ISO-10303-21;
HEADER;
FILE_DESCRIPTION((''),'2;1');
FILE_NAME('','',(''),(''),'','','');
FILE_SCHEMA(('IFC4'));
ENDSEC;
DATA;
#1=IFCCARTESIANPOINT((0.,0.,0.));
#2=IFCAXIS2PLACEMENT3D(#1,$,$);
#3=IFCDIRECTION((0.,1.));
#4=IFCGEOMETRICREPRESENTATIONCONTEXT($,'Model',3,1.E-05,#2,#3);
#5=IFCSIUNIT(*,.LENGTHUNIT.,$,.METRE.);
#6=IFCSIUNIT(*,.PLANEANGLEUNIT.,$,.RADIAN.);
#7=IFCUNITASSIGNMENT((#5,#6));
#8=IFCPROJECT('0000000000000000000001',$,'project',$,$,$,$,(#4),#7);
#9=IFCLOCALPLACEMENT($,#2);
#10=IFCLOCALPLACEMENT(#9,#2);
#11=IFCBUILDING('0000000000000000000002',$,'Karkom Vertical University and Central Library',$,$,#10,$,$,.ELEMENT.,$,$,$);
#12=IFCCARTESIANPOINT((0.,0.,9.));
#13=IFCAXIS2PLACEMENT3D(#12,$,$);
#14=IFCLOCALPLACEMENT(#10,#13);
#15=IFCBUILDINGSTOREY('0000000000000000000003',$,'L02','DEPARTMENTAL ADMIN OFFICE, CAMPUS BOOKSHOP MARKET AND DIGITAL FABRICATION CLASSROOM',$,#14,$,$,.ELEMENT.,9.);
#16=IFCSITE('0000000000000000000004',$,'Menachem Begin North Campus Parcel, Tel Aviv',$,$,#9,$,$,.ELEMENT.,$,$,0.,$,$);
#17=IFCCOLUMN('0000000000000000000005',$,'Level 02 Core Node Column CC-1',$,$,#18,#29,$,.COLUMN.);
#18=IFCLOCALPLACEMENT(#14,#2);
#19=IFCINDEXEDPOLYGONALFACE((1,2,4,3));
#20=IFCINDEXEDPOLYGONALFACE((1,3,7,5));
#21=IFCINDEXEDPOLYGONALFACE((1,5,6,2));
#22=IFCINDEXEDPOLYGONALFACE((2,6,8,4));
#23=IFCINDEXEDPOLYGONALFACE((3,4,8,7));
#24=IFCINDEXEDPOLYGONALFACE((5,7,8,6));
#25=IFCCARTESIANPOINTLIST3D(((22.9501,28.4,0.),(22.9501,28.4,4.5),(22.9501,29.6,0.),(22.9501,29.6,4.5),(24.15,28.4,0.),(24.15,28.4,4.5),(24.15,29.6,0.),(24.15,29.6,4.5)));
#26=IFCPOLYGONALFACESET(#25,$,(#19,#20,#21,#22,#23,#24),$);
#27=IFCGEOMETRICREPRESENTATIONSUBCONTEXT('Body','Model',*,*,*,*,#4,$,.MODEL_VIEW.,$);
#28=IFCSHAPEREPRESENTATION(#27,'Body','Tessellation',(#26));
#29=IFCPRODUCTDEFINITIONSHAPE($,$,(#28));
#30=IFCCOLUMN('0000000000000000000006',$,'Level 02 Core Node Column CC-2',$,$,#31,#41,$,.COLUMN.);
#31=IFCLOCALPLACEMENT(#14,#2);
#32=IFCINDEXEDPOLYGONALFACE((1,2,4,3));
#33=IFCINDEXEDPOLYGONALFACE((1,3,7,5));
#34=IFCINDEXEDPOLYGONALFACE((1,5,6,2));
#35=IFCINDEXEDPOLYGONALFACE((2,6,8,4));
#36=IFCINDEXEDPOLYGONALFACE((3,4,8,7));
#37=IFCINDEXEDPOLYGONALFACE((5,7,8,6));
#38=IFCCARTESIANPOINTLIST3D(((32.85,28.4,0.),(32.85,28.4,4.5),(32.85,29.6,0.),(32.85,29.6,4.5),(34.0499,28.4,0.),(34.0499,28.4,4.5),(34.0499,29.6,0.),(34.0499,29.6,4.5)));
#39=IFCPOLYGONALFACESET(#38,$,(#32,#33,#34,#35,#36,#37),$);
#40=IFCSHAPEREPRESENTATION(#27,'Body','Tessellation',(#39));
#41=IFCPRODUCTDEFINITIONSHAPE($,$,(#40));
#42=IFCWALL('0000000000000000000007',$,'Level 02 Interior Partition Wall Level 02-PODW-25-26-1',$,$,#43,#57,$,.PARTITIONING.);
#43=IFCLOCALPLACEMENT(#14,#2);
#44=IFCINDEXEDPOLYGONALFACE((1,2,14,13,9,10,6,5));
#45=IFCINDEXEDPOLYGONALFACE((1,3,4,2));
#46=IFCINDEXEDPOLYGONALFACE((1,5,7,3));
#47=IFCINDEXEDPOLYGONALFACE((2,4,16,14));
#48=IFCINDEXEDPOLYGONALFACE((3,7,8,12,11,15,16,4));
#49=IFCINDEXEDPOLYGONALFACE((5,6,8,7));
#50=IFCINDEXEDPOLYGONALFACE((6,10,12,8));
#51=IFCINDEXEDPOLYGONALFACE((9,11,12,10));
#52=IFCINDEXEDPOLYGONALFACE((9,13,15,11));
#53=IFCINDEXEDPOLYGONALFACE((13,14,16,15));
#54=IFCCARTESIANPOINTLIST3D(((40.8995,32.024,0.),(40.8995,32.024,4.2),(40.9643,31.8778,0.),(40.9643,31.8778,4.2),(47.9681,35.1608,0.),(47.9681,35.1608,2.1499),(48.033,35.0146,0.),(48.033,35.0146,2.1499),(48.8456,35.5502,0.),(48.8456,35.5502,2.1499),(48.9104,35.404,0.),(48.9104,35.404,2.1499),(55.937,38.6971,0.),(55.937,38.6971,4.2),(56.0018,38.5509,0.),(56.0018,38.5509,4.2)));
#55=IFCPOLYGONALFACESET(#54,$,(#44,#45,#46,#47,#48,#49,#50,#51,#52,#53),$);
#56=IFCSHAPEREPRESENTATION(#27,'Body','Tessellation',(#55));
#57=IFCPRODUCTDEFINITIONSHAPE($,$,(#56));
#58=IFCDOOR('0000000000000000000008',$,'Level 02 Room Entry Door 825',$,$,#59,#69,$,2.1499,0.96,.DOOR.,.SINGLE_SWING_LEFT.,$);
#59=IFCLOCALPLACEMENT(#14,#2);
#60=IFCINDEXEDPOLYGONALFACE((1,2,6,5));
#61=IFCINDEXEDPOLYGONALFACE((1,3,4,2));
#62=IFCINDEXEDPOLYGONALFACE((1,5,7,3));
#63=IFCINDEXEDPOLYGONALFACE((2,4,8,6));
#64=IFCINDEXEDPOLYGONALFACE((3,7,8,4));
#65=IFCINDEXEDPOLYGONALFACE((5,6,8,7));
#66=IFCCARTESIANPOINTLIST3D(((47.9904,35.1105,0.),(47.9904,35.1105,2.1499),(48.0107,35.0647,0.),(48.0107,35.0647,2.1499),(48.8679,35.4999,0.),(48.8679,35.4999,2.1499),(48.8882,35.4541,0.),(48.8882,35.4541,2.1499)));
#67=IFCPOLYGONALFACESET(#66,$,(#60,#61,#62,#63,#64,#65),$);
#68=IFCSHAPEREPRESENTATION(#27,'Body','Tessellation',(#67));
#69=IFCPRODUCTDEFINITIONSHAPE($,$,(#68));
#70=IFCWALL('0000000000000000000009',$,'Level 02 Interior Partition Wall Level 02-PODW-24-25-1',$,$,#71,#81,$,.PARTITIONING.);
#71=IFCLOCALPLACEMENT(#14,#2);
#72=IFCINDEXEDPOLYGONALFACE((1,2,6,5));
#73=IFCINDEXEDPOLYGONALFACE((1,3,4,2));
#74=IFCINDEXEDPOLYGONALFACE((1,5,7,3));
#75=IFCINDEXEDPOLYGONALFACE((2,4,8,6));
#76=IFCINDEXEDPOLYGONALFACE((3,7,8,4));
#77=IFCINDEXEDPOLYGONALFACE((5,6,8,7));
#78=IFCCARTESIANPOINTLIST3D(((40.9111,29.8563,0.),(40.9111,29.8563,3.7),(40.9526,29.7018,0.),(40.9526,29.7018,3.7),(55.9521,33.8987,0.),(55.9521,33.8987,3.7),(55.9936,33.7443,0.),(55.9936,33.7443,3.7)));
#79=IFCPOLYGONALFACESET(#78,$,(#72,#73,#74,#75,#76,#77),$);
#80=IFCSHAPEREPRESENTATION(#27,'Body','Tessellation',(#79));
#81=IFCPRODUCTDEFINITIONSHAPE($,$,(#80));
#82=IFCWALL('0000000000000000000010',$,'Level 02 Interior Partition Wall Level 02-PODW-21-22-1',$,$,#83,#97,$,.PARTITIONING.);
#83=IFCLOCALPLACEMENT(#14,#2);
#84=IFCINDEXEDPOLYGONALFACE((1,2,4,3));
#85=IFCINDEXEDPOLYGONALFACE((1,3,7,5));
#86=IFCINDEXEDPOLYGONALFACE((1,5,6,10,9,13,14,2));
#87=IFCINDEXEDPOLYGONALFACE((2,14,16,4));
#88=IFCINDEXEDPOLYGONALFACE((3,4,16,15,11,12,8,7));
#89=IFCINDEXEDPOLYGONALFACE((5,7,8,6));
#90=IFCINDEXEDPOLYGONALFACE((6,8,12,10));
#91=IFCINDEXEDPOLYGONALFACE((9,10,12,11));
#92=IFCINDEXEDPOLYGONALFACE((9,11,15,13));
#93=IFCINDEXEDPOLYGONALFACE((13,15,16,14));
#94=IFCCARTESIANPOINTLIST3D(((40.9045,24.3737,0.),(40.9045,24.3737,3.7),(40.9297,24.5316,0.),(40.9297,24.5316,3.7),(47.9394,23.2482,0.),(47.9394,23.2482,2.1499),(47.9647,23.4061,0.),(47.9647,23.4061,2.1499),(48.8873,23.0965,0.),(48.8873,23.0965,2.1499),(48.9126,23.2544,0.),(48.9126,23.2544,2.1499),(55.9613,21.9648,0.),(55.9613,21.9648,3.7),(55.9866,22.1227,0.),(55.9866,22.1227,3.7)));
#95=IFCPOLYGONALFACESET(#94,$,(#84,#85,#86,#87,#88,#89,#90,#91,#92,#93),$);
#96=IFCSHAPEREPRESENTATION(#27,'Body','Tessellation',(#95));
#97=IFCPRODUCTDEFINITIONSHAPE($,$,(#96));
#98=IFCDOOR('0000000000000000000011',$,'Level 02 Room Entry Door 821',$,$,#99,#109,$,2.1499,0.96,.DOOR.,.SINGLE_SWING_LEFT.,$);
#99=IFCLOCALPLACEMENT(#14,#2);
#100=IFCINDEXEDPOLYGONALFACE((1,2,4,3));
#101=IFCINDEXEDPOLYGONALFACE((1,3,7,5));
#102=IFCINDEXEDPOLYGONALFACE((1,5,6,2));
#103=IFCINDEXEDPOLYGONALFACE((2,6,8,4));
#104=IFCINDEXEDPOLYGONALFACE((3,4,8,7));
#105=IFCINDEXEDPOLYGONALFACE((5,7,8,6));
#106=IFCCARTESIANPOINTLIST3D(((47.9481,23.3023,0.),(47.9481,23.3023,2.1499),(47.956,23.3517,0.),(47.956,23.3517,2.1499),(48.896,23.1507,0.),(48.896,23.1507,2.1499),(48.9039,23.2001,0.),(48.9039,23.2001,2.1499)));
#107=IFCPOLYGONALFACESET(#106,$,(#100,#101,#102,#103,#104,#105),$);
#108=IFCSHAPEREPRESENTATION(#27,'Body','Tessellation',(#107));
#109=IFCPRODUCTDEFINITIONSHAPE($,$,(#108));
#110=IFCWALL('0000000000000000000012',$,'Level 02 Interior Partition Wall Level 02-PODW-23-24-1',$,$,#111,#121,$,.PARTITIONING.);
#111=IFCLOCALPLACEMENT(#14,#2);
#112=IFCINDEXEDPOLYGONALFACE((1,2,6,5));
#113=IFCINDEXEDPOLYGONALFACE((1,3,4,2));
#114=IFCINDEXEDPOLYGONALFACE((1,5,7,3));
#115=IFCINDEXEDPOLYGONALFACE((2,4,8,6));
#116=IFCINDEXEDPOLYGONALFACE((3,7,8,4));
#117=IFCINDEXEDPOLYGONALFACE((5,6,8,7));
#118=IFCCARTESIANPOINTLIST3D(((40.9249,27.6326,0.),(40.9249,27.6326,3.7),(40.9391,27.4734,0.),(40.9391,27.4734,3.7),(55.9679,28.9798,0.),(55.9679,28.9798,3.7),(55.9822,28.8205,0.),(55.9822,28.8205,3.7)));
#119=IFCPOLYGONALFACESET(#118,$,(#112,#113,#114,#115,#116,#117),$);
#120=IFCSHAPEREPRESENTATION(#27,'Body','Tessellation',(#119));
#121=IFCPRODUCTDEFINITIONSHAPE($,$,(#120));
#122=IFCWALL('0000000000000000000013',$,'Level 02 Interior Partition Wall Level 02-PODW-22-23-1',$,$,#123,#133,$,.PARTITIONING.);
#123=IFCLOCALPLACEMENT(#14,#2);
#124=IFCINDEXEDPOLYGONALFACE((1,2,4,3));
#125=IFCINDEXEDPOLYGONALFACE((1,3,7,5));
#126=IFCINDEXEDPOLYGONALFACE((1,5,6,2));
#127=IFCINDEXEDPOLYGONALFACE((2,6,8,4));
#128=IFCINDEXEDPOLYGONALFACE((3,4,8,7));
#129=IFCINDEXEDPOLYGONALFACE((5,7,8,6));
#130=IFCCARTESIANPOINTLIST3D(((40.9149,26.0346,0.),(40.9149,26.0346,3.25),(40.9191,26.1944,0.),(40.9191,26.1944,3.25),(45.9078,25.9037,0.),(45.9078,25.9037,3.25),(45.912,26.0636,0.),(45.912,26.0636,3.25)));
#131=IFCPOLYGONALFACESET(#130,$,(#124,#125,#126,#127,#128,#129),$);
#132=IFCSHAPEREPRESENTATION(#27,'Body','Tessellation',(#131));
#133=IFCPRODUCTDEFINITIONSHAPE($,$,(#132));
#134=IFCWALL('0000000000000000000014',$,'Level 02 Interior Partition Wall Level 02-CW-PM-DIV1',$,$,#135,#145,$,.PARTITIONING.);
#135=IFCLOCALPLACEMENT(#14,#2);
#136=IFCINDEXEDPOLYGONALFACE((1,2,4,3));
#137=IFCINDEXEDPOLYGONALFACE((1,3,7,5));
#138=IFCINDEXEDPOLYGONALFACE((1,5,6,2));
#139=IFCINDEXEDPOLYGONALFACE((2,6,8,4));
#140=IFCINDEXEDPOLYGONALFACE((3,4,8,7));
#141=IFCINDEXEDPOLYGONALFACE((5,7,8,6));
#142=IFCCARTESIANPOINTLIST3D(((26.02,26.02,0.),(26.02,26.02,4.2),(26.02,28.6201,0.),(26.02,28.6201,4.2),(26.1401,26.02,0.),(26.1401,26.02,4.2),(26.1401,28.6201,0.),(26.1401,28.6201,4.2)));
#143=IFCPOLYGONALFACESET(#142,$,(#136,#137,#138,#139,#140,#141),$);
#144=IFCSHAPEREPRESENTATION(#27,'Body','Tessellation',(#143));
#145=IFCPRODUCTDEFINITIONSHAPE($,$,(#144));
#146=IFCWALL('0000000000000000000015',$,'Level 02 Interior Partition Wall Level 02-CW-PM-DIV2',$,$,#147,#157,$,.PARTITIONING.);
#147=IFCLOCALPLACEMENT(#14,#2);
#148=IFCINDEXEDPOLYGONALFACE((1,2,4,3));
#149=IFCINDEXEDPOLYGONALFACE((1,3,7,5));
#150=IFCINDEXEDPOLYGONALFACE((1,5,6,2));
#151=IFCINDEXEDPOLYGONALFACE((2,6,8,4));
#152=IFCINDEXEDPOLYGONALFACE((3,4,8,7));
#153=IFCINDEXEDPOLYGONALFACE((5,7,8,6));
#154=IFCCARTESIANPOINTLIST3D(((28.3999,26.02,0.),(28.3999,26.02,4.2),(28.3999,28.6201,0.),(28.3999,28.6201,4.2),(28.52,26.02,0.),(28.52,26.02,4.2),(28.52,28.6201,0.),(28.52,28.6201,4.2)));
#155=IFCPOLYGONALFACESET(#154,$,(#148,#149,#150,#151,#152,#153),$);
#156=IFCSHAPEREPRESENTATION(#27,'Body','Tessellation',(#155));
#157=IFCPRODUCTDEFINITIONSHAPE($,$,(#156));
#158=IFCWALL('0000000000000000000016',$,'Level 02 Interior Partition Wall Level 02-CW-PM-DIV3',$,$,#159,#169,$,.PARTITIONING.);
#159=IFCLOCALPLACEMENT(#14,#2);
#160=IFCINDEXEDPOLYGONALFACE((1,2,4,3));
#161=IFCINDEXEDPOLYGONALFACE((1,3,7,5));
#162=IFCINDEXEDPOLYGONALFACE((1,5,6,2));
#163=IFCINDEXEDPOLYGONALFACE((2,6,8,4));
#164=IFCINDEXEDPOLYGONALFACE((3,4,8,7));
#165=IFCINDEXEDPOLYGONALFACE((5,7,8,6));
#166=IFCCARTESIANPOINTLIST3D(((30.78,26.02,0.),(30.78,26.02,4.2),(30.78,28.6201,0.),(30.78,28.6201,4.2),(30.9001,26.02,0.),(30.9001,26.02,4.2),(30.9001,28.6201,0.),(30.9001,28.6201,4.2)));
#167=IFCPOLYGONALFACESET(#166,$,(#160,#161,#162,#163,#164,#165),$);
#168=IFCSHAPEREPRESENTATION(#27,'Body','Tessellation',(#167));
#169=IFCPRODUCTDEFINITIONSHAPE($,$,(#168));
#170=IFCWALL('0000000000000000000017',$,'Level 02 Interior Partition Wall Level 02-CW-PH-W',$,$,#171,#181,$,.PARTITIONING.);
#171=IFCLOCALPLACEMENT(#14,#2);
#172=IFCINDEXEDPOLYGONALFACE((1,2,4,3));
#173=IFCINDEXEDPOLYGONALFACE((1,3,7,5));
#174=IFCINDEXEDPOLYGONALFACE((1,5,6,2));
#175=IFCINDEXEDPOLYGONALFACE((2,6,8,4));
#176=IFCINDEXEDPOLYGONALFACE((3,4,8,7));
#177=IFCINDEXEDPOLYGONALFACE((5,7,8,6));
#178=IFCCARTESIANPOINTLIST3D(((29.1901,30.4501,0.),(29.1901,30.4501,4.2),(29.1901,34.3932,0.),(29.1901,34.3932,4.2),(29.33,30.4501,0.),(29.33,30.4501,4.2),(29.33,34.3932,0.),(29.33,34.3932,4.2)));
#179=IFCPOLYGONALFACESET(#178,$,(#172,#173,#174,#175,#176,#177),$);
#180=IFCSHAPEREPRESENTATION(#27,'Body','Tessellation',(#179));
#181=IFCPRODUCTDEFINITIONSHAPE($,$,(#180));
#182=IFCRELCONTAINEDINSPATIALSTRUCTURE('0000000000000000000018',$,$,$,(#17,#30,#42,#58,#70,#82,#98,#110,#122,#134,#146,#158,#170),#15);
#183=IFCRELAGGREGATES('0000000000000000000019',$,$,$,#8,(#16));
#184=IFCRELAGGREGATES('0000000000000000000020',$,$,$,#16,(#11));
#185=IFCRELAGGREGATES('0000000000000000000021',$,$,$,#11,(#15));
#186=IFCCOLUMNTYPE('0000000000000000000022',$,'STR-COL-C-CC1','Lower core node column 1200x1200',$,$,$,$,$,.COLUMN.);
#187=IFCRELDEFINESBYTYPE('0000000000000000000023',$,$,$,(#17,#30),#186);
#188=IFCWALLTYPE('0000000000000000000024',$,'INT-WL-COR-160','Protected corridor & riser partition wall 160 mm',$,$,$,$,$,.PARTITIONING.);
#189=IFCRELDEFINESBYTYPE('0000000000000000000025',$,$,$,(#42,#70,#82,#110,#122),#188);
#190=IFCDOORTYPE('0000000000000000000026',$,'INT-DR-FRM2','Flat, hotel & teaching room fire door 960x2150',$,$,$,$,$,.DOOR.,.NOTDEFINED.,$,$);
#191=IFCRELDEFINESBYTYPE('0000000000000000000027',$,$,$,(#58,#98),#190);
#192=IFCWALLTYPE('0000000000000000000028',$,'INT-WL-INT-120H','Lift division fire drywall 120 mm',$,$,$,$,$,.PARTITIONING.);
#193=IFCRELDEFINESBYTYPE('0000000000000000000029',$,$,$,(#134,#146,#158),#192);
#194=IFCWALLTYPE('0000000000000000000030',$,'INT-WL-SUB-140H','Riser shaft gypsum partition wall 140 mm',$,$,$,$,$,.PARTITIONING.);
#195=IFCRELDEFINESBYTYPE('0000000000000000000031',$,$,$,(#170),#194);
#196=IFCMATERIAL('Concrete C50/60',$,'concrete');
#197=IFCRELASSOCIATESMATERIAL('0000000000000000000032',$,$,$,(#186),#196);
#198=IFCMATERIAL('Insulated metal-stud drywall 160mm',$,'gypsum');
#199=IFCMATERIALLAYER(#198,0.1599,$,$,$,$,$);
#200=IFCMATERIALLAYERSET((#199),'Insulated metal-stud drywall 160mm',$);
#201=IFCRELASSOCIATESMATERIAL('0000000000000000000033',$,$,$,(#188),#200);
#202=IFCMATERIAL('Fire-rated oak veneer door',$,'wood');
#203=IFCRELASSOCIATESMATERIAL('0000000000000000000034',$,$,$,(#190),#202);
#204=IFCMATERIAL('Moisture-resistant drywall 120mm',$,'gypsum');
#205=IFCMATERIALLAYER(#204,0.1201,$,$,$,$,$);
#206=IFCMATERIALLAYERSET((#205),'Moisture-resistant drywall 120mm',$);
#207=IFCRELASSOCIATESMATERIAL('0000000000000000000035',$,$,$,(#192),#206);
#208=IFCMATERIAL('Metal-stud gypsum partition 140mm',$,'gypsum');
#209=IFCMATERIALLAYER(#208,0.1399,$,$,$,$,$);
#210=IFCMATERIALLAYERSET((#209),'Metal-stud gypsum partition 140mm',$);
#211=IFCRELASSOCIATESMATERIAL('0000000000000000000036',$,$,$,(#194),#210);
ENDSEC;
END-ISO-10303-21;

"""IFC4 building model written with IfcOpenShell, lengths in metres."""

from ifc_helpers import new_model, si_unit, direction, frame, frame_2d, origin, origin_with_axes, origin_2d, place, context, subcontext, project, spatial, rectangle, extrude, source, transform, mapped, material, layer, layer_set, material_profile, profile_set, type_object, element, fill, save


model = new_model("IFC4")

# Units and contexts
model_context = context("Model", 3, precision=1e-05, world=origin(), true_north=direction((0.0, 1.0)))
body_context = subcontext(model_context, "Body", "Model", "MODEL_VIEW")
ifc_project = project(units=[si_unit("LENGTHUNIT", "METRE"), si_unit("PLANEANGLEUNIT", "RADIAN")], contexts=[model_context])

# Site, building, storey
site_placement = place(None, origin())
site = spatial("IfcSite", under=ifc_project, at=site_placement, Name="Menachem Begin North Campus Parcel, Tel Aviv", CompositionType="ELEMENT", RefElevation=0.0)
building_placement = place(site_placement, origin())
building = spatial("IfcBuilding", under=site, at=building_placement, Name="Karkom Vertical University and Central Library", CompositionType="ELEMENT")
storey_placement = place(building_placement, frame((0.0, 0.0, 9.0)))
storey = spatial("IfcBuildingStorey", under=building, at=storey_placement, Name="L02", Description="DEPARTMENTAL ADMIN OFFICE, CAMPUS BOOKSHOP MARKET AND DIGITAL FABRICATION CLASSROOM", CompositionType="ELEMENT", Elevation=9.0)

# Columns
ifc_material_1 = material(Name="Concrete C50/60", Category="concrete")
ifc_material_profile = material_profile(ifc_material_1, rectangle(XDim=1.2, YDim=1.2, at=origin_2d()), Name="RC-1200x1200")
ifc_profile_set = profile_set([ifc_material_profile], Name="Concrete C50/60")
column_type = type_object("IfcColumnType", Name="STR-COL-C-CC1", Description="Lower core node column 1200x1200", PredefinedType="COLUMN", material=ifc_profile_set)
shared_shape_1 = source(origin_with_axes(), body_context, "Body", "SweptSolid", [
    extrude(rectangle(XDim=1.2, YDim=1.2, at=origin_2d()), origin(), (0.0, 0.0, 1.0), 4.5),
])
for number, where, z_axis, x_axis, name in (
    (1, (23.55, 29.0, 0.0), (0.0, 0.0, 1.0), (1.0, 0.0, 0.0), "Level 02 Core Node Column CC-1"),
    (2, (33.45, 29.0, 0.0), (0.0, 0.0, 1.0), (1.0, 0.0, 0.0), "Level 02 Core Node Column CC-2"),
):
    element("IfcColumn", number, at=place(storey_placement, frame(where, z_axis=z_axis, x_axis=x_axis)), inside=storey, type_object=column_type, Name=name, PredefinedType="COLUMN", context=body_context, shape_type="MappedRepresentation", body=[
        mapped(shared_shape_1, transform((0.0, 0.0, 0.0), scale=1.0)),
    ])

# Wall, opening, door
ifc_material_2 = material(Name="Insulated metal-stud drywall 160mm", Category="gypsum")
ifc_layer_1 = layer(ifc_material_2, 0.1599)
ifc_layer_set_1 = layer_set([ifc_layer_1], Name="Insulated metal-stud drywall 160mm")
wall_type_1 = type_object("IfcWallType", Name="INT-WL-COR-160", Description="Protected corridor & riser partition wall 160 mm", PredefinedType="PARTITIONING", material=ifc_layer_set_1)
wall_1_placement = place(storey_placement, frame((40.9319, 31.9509, 0.0), z_axis=(0.0, 0.0, 1.0), x_axis=(0.914043, 0.405617, 0.0)))
wall_1 = element("IfcWall", 3, at=wall_1_placement, inside=storey, type_object=wall_type_1, Name="Level 02 Interior Partition Wall Level 02-PODW-25-26-1", PredefinedType="PARTITIONING", context=body_context, shape_type="SweptSolid", body=[
    extrude(rectangle(XDim=16.4517, YDim=0.1599, at=frame_2d((8.2258, 0.0))), origin(), (0.0, 0.0, 1.0), 4.2),
])
opening_1_placement = place(wall_1_placement, frame((7.7334, 0.0, 0.0)))
opening_1 = element("IfcOpeningElement", 4, at=opening_1_placement, cuts=wall_1, PredefinedType="OPENING", context=body_context, shape_type="SweptSolid", body=[
    extrude(rectangle(XDim=0.96, YDim=2.1499, at=frame_2d((0.48, 1.075))), frame((0.0, 0.0898, 0.0), z_axis=(0.0, -1.0, 0.0), x_axis=(1.0, 0.0, 0.0)), (0.0, 0.0, 1.0), 0.1799),
])
ifc_material_3 = material(Name="Fire-rated oak veneer door", Category="wood")
door_type_1 = type_object("IfcDoorType", Name="INT-DR-FRM2", Description="Flat, hotel & teaching room fire door 960x2150", OperationType="NOTDEFINED", PredefinedType="DOOR", material=ifc_material_3)
shared_shape_2 = source(origin_with_axes(), body_context, "Body", "SweptSolid", [
    extrude(rectangle(XDim=0.96, YDim=2.1499, at=frame_2d((0.48, 1.075))), frame((0.0, 0.0249, 0.0), z_axis=(0.0, -1.0, 0.0), x_axis=(1.0, 0.0, 0.0)), (0.0, 0.0, 1.0), 0.05),
])
door_1_placement = place(opening_1_placement, origin())
door_1 = element("IfcDoor", 5, at=door_1_placement, inside=storey, type_object=door_type_1, Name="Level 02 Room Entry Door 825", OperationType="SINGLE_SWING_LEFT", OverallHeight=2.1499, OverallWidth=0.96, PredefinedType="DOOR", context=body_context, shape_type="MappedRepresentation", body=[
    mapped(shared_shape_2, transform((0.0, 0.0, 0.0), scale=1.0)),
])
fill(opening_1, door_1)

# Wall
wall_2_placement = place(storey_placement, frame((40.9319, 29.7791, 0.0), z_axis=(0.0, 0.0, 1.0), x_axis=(0.965729, 0.259553, 0.0)))
element("IfcWall", 6, at=wall_2_placement, inside=storey, type_object=wall_type_1, Name="Level 02 Interior Partition Wall Level 02-PODW-24-25-1", PredefinedType="PARTITIONING", context=body_context, shape_type="SweptSolid", body=[
    extrude(rectangle(XDim=15.5747, YDim=0.1599, at=frame_2d((7.7874, 0.0))), origin(), (0.0, 0.0, 1.0), 3.7),
])

# Wall, opening, door
wall_3_placement = place(storey_placement, frame((40.9172, 24.4526, 0.0), z_axis=(0.0, 0.0, 1.0), x_axis=(0.987442, -0.15798, 0.0)))
wall_3 = element("IfcWall", 7, at=wall_3_placement, inside=storey, type_object=wall_type_1, Name="Level 02 Interior Partition Wall Level 02-PODW-21-22-1", PredefinedType="PARTITIONING", context=body_context, shape_type="SweptSolid", body=[
    extrude(rectangle(XDim=15.2483, YDim=0.1599, at=frame_2d((7.624, 0.0))), origin(), (0.0, 0.0, 1.0), 3.7),
])
opening_2_placement = place(wall_3_placement, frame((7.1243, 0.0, 0.0)))
opening_2 = element("IfcOpeningElement", 8, at=opening_2_placement, cuts=wall_3, PredefinedType="OPENING", context=body_context, shape_type="SweptSolid", body=[
    extrude(rectangle(XDim=0.96, YDim=2.1499, at=frame_2d((0.48, 1.075))), frame((0.0, 0.0898, 0.0), z_axis=(0.0, -1.0, 0.0), x_axis=(1.0, 0.0, 0.0)), (0.0, 0.0, 1.0), 0.1799),
])
door_2_placement = place(opening_2_placement, origin())
door_2 = element("IfcDoor", 9, at=door_2_placement, inside=storey, type_object=door_type_1, Name="Level 02 Room Entry Door 821", OperationType="SINGLE_SWING_LEFT", OverallHeight=2.1499, OverallWidth=0.96, PredefinedType="DOOR", context=body_context, shape_type="MappedRepresentation", body=[
    mapped(shared_shape_2, transform((0.0, 0.0, 0.0), scale=1.0)),
])
fill(opening_2, door_2)

# Walls
wall_4_placement = place(storey_placement, frame((40.9319, 27.553, 0.0), z_axis=(0.0, 0.0, 1.0), x_axis=(0.996014, 0.089198, 0.0)))
element("IfcWall", 10, at=wall_4_placement, inside=storey, type_object=wall_type_1, Name="Level 02 Interior Partition Wall Level 02-PODW-23-24-1", PredefinedType="PARTITIONING", context=body_context, shape_type="SweptSolid", body=[
    extrude(rectangle(XDim=15.1033, YDim=0.1599, at=frame_2d((7.5518, 0.0))), origin(), (0.0, 0.0, 1.0), 3.7),
])
wall_5_placement = place(storey_placement, frame((40.917, 26.1145, 0.0), z_axis=(0.0, 0.0, 1.0), x_axis=(0.999657, -0.0262, 0.0)))
element("IfcWall", 11, at=wall_5_placement, inside=storey, type_object=wall_type_1, Name="Level 02 Interior Partition Wall Level 02-PODW-22-23-1", PredefinedType="PARTITIONING", context=body_context, shape_type="SweptSolid", body=[
    extrude(rectangle(XDim=4.9946, YDim=0.1599, at=frame_2d((2.4973, 0.0))), origin(), (0.0, 0.0, 1.0), 3.25),
])
ifc_material_4 = material(Name="Moisture-resistant drywall 120mm", Category="gypsum")
ifc_layer_2 = layer(ifc_material_4, 0.1201)
ifc_layer_set_2 = layer_set([ifc_layer_2], Name="Moisture-resistant drywall 120mm")
wall_type_2 = type_object("IfcWallType", Name="INT-WL-INT-120H", Description="Lift division fire drywall 120 mm", PredefinedType="PARTITIONING", material=ifc_layer_set_2)
for number, where, z_axis, x_axis, name in (
    (12, (26.0801, 26.02, 0.0), (0.0, 0.0, 1.0), (0.0, 1.0, 0.0), "Level 02 Interior Partition Wall Level 02-CW-PM-DIV1"),
    (13, (28.46, 26.02, 0.0), (0.0, 0.0, 1.0), (0.0, 1.0, 0.0), "Level 02 Interior Partition Wall Level 02-CW-PM-DIV2"),
    (14, (30.8401, 26.02, 0.0), (0.0, 0.0, 1.0), (0.0, 1.0, 0.0), "Level 02 Interior Partition Wall Level 02-CW-PM-DIV3"),
):
    element("IfcWall", number, at=place(storey_placement, frame(where, z_axis=z_axis, x_axis=x_axis)), inside=storey, type_object=wall_type_2, Name=name, PredefinedType="PARTITIONING", context=body_context, shape_type="SweptSolid", body=[
        extrude(rectangle(XDim=2.6001, YDim=0.1201, at=frame_2d((1.3, 0.0))), origin(), (0.0, 0.0, 1.0), 4.2),
    ])
ifc_material_5 = material(Name="Metal-stud gypsum partition 140mm", Category="gypsum")
ifc_layer_3 = layer(ifc_material_5, 0.1399)
ifc_layer_set_3 = layer_set([ifc_layer_3], Name="Metal-stud gypsum partition 140mm")
wall_type_3 = type_object("IfcWallType", Name="INT-WL-SUB-140H", Description="Riser shaft gypsum partition wall 140 mm", PredefinedType="PARTITIONING", material=ifc_layer_set_3)
for number, where, z_axis, x_axis, name in (
    (15, (29.26, 30.45, 0.0), (0.0, 0.0, 1.0), (0.0, 1.0, 0.0), "Level 02 Interior Partition Wall Level 02-CW-PH-W"),
):
    element("IfcWall", number, at=place(storey_placement, frame(where, z_axis=z_axis, x_axis=x_axis)), inside=storey, type_object=wall_type_3, Name=name, PredefinedType="PARTITIONING", context=body_context, shape_type="SweptSolid", body=[
        extrude(rectangle(XDim=3.9431, YDim=0.1399, at=frame_2d((1.9717, 0.0))), origin(), (0.0, 0.0, 1.0), 4.2),
    ])

save(model, "model.ifc")
